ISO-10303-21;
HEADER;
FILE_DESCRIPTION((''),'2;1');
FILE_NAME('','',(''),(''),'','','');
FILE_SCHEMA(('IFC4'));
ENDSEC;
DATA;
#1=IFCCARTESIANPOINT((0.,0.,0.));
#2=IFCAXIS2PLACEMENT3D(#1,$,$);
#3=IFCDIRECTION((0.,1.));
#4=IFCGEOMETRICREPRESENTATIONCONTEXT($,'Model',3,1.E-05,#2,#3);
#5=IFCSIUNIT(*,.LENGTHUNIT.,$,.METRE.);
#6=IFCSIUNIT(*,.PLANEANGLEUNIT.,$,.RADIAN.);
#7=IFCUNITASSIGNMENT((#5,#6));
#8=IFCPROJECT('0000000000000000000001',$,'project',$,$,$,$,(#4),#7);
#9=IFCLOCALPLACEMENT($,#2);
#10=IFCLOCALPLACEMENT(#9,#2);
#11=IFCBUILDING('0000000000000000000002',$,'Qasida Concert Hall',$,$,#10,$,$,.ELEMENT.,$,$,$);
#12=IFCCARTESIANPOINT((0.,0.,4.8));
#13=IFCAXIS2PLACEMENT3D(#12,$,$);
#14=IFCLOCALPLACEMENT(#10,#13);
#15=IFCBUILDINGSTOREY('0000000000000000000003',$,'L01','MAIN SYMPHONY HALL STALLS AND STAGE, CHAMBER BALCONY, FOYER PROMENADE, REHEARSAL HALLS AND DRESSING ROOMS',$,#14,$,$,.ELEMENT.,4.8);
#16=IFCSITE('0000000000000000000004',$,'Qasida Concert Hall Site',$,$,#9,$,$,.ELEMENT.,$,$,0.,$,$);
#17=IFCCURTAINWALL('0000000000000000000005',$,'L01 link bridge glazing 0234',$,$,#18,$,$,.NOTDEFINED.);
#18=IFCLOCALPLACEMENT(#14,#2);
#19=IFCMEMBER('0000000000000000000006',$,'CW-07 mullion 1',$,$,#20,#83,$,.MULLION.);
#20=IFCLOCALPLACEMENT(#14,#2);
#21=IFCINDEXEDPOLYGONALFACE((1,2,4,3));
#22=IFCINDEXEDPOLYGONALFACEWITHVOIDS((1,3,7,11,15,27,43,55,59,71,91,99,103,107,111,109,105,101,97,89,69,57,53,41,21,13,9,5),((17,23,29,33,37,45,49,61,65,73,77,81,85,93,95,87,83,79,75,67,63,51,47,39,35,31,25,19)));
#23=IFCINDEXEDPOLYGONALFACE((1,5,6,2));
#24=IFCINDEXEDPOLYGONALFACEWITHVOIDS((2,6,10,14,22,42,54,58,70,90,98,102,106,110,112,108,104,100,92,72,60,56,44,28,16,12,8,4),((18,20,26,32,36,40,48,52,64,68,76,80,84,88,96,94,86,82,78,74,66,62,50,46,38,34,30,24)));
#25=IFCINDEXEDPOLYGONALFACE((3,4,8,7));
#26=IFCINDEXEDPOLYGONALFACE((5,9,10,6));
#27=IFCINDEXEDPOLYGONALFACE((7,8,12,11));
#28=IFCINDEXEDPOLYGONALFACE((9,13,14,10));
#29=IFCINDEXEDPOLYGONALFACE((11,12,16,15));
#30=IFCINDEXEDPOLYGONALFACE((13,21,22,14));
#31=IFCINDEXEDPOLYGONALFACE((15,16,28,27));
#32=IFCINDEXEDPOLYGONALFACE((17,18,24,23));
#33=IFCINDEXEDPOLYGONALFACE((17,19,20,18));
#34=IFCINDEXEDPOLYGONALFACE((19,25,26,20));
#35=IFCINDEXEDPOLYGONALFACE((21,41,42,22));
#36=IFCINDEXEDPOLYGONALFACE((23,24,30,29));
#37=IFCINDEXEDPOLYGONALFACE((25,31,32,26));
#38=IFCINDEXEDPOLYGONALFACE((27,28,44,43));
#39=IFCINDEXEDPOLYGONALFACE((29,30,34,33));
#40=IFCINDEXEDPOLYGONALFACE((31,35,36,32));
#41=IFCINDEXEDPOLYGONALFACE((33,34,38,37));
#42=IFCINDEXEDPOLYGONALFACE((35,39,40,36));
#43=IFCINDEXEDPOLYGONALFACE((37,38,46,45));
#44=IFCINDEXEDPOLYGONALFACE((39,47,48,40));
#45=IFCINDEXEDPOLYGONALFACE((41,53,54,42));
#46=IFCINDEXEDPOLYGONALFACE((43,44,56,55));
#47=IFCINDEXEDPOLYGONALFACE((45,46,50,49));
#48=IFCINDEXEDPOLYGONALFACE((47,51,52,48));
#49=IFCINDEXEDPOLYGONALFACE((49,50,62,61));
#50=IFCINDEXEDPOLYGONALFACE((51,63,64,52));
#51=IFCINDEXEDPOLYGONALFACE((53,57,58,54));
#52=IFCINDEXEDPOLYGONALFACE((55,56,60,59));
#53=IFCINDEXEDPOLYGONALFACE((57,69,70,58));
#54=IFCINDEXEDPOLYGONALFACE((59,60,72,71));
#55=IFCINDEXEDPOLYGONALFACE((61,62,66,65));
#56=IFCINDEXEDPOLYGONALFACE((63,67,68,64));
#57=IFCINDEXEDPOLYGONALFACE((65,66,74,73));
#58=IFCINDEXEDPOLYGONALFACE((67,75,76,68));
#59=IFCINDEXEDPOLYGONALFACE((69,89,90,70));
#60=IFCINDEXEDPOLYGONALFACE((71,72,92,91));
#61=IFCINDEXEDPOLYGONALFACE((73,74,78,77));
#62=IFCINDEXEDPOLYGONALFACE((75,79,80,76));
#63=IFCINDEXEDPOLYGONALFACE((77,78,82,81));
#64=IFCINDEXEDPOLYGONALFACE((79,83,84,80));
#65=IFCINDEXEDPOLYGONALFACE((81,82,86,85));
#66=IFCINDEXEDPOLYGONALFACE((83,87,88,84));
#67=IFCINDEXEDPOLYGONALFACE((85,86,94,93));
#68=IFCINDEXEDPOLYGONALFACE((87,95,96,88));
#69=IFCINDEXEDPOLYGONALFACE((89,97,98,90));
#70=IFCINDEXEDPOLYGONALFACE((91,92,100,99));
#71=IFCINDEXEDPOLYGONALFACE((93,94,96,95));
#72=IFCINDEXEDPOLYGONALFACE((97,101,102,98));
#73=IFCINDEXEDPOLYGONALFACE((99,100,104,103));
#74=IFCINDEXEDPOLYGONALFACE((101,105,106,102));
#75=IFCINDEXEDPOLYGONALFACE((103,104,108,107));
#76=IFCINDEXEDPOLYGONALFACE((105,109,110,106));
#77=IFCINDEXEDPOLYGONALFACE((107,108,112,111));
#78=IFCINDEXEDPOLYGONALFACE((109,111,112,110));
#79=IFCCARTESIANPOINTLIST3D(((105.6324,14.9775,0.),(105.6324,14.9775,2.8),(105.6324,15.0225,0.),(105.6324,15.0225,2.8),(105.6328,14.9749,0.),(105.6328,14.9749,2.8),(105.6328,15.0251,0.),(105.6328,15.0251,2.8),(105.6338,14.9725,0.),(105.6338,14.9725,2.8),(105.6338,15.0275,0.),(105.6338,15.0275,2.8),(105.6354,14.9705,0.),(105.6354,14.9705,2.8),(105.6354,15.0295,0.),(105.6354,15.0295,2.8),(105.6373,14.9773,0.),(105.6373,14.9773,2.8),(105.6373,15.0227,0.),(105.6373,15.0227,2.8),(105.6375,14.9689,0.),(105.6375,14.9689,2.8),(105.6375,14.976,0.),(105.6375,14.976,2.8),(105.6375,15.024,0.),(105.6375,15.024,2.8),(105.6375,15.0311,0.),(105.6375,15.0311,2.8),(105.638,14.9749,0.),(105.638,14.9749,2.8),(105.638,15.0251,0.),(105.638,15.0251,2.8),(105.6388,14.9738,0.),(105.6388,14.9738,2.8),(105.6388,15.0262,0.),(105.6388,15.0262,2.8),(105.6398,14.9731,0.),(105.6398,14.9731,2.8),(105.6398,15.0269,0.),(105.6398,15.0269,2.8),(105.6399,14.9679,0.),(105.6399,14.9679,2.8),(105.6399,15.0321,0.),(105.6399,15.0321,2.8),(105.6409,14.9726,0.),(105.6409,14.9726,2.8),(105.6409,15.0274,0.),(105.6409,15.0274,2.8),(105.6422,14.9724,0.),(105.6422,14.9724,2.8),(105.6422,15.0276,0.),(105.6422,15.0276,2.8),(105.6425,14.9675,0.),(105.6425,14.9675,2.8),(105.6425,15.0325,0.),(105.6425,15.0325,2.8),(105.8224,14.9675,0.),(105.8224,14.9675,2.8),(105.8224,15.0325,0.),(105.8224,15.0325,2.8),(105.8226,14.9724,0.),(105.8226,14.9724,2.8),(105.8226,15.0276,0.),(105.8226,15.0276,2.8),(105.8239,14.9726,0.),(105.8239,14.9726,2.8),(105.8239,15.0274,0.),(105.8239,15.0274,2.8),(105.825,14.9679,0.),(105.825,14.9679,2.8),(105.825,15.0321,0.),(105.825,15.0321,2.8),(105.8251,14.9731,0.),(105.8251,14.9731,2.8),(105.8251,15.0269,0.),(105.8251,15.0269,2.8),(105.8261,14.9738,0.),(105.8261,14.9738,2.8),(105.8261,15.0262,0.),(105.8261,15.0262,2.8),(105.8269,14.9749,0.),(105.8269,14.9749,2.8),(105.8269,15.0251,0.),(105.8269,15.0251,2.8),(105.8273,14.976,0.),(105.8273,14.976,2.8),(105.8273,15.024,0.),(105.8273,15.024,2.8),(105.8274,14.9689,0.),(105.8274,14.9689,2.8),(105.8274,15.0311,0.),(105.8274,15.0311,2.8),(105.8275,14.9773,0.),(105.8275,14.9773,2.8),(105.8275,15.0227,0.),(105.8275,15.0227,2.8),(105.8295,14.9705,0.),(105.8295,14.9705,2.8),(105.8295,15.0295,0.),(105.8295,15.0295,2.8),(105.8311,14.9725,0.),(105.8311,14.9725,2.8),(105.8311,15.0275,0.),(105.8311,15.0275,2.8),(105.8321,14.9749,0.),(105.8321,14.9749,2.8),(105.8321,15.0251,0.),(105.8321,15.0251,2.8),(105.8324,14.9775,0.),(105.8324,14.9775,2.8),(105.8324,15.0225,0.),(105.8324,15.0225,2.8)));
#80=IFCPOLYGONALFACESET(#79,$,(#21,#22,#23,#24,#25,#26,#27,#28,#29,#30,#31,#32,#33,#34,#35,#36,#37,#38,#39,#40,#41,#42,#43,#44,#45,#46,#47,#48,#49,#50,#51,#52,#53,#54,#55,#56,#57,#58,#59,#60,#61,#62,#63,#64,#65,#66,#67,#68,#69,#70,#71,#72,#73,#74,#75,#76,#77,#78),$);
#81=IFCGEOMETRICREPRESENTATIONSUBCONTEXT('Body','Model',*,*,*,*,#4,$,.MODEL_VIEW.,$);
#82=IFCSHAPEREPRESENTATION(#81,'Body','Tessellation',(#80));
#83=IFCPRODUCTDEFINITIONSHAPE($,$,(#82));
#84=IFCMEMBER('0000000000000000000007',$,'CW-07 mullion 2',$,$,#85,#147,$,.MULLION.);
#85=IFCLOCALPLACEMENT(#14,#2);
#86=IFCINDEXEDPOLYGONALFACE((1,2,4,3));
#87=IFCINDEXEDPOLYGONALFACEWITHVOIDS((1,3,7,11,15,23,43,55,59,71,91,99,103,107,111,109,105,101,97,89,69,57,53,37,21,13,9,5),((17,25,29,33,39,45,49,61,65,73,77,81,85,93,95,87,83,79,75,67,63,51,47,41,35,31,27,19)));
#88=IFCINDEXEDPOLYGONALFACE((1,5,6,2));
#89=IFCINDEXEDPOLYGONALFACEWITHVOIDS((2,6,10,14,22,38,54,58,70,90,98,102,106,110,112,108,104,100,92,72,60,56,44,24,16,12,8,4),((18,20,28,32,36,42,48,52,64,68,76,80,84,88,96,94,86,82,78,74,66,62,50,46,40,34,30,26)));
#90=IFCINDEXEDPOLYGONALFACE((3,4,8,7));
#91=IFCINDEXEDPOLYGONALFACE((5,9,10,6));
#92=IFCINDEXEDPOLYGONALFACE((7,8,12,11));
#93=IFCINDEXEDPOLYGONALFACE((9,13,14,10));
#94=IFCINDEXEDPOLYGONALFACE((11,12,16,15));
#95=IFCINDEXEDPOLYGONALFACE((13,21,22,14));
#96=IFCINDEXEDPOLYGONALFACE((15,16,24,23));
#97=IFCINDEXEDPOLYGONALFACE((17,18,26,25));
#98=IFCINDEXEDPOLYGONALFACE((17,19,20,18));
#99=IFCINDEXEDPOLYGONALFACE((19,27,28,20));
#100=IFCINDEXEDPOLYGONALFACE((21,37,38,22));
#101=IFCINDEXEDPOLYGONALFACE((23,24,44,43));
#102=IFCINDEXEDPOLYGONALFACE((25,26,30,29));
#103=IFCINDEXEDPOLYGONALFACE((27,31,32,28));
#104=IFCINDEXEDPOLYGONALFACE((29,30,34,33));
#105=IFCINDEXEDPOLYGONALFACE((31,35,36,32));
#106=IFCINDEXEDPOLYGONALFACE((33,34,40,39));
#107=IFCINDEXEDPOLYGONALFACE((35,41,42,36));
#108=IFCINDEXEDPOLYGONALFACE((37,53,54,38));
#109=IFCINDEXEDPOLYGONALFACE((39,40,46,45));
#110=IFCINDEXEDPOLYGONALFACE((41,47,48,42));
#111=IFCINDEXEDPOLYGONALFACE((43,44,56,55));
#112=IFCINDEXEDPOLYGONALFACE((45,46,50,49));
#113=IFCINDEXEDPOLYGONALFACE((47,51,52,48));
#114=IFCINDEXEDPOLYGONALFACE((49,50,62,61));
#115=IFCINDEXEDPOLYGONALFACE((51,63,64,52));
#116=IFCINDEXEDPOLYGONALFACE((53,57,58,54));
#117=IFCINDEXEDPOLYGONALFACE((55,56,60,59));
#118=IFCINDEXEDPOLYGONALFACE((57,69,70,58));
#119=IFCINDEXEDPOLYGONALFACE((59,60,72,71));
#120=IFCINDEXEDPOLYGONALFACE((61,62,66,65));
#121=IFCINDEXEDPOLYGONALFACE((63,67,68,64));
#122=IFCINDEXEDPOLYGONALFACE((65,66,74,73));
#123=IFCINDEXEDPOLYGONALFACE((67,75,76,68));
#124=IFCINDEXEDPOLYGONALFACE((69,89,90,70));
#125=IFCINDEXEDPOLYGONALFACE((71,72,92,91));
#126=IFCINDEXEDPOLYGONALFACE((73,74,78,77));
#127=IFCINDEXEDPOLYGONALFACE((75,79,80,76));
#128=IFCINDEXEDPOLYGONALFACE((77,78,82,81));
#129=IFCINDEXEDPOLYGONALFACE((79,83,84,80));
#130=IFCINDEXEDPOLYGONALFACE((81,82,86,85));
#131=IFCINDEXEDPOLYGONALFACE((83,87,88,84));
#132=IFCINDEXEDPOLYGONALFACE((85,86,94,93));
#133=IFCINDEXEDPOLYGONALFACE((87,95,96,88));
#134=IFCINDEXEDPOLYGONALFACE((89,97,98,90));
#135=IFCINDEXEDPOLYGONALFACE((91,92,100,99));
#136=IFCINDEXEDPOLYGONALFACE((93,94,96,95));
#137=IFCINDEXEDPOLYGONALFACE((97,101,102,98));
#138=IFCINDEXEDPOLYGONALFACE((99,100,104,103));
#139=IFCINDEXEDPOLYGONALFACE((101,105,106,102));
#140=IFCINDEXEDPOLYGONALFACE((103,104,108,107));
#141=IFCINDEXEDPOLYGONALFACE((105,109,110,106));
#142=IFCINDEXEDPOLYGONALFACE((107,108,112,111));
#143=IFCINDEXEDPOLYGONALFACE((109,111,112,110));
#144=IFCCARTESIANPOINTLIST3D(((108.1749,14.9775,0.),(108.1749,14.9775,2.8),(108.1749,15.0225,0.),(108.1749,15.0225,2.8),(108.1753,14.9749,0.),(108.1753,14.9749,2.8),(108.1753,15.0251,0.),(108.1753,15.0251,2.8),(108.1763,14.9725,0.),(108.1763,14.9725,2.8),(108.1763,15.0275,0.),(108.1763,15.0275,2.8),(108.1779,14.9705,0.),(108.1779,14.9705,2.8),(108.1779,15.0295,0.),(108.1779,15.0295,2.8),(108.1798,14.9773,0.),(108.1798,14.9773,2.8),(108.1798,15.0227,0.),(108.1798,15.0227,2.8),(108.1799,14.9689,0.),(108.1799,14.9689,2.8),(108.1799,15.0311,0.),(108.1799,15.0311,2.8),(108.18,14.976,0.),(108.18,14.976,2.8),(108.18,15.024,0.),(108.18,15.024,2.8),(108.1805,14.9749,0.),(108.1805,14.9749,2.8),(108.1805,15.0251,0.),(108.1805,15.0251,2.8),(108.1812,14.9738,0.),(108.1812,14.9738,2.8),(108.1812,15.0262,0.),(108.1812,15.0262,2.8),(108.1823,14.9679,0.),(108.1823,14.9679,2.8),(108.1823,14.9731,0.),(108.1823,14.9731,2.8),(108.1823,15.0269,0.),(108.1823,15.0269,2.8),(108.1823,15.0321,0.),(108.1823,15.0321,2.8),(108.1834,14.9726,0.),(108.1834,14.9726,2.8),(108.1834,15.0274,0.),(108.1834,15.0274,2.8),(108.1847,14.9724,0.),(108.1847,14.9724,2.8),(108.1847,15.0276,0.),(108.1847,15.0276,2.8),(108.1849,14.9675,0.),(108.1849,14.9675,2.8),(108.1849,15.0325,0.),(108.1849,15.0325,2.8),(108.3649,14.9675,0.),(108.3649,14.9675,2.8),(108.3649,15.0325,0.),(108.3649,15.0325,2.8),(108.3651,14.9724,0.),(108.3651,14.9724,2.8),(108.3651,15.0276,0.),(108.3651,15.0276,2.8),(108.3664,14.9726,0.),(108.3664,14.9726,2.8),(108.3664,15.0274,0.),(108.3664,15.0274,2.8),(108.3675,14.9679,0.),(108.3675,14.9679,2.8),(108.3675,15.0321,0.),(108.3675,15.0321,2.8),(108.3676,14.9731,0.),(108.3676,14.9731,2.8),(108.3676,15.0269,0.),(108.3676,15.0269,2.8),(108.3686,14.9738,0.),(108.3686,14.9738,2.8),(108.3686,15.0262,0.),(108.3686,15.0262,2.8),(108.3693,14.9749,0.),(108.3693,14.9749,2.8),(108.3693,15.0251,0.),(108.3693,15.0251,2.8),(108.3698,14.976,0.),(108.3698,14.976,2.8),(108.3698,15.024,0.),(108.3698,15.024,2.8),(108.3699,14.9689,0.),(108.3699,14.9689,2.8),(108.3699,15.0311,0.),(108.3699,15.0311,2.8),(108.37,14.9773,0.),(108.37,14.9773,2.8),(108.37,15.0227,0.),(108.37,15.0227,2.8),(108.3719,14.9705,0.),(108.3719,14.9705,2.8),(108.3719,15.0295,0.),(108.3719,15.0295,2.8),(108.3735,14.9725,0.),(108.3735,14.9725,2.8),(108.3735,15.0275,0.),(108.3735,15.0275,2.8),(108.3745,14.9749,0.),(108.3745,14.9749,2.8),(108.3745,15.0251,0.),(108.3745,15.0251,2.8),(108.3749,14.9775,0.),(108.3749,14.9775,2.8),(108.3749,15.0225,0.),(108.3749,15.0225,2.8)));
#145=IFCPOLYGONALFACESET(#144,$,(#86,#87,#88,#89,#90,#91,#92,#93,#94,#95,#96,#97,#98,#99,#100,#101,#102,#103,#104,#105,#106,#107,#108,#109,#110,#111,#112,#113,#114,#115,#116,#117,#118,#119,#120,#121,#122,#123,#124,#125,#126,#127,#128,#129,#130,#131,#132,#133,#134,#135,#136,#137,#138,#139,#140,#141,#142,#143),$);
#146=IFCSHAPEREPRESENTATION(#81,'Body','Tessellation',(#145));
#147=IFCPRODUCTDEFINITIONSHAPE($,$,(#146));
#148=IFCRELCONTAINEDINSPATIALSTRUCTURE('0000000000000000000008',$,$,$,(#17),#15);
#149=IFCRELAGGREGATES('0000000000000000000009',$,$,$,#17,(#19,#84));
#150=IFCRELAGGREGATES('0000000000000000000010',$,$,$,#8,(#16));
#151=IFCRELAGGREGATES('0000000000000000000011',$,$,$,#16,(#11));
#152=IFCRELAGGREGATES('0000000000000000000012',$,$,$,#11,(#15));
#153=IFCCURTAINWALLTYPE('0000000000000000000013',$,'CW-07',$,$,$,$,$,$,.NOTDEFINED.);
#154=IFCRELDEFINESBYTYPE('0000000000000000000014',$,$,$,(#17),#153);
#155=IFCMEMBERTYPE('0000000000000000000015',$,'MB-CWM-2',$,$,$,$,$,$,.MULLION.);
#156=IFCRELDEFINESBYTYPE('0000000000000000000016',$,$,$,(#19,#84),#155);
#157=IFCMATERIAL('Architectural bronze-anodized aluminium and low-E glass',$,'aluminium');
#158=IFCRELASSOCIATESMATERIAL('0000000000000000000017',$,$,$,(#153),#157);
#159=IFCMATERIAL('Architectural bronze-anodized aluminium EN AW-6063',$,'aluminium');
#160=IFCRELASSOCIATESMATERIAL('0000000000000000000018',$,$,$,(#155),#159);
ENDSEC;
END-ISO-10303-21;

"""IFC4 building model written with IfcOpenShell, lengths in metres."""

from ifc_helpers import new_model, si_unit, direction, frame, origin, origin_2d, place, context, subcontext, project, spatial, hollow_rectangle, extrude, material, material_profile, profile_set, type_object, element, aggregate, save


model = new_model("IFC4")

# Units and contexts
model_context = context("Model", 3, precision=1e-05, world=origin(), true_north=direction((0.0, 1.0)))
body_context = subcontext(model_context, "Body", "Model", "MODEL_VIEW")
ifc_project = project(units=[si_unit("LENGTHUNIT", "METRE"), si_unit("PLANEANGLEUNIT", "RADIAN")], contexts=[model_context])

# Site, building, storey
site_placement = place(None, origin())
site = spatial("IfcSite", under=ifc_project, at=site_placement, Name="Qasida Concert Hall Site", CompositionType="ELEMENT", RefElevation=0.0)
building_placement = place(site_placement, origin())
building = spatial("IfcBuilding", under=site, at=building_placement, Name="Qasida Concert Hall", CompositionType="ELEMENT")
storey_placement = place(building_placement, frame((0.0, 0.0, 4.8)))
storey = spatial("IfcBuildingStorey", under=building, at=storey_placement, Name="L01", Description="MAIN SYMPHONY HALL STALLS AND STAGE, CHAMBER BALCONY, FOYER PROMENADE, REHEARSAL HALLS AND DRESSING ROOMS", CompositionType="ELEMENT", Elevation=4.8)

# Curtain wall, members
ifc_material_1 = material(Name="Architectural bronze-anodized aluminium and low-E glass", Category="aluminium")
curtain_wall_type = type_object("IfcCurtainWallType", Name="CW-07", PredefinedType="NOTDEFINED", material=ifc_material_1)
curtain_wall_1_placement = place(storey_placement, origin())
curtain_wall_1 = element("IfcCurtainWall", 1, at=curtain_wall_1_placement, inside=storey, type_object=curtain_wall_type, Name="L01 link bridge glazing 0234", PredefinedType="NOTDEFINED")
ifc_material_2 = material(Name="Architectural bronze-anodized aluminium EN AW-6063", Category="aluminium")
ifc_material_profile_1 = material_profile(ifc_material_2, hollow_rectangle(XDim=0.0649, YDim=0.2, WallThickness=0.0049, InnerFilletRadius=0.0049, OuterFilletRadius=0.01, at=origin_2d()), Name="CWM 200x65x5")
ifc_profile_set_1 = profile_set([ifc_material_profile_1], Name="Architectural bronze-anodized aluminium EN AW-6063")
member_type_1 = type_object("IfcMemberType", Name="MB-CWM-2", PredefinedType="MULLION", material=ifc_profile_set_1)
member_1_placement = place(storey_placement, frame((105.7324, 15.0, 0.0), z_axis=(0.0, 0.0, 1.0), x_axis=(0.0, 1.0, 0.0)))
member_1 = element("IfcMember", 2, at=member_1_placement, type_object=member_type_1, Name="CW-07 mullion 1", PredefinedType="MULLION", context=body_context, shape_type="SweptSolid", body=[
    extrude(hollow_rectangle(XDim=0.0649, YDim=0.2, WallThickness=0.0049, InnerFilletRadius=0.0049, OuterFilletRadius=0.01, at=origin_2d()), origin(), (0.0, 0.0, 1.0), 2.8),
])
member_2_placement = place(storey_placement, frame((108.2749, 15.0, 0.0), z_axis=(0.0, 0.0, 1.0), x_axis=(0.0, 1.0, 0.0)))
member_2 = element("IfcMember", 3, at=member_2_placement, type_object=member_type_1, Name="CW-07 mullion 2", PredefinedType="MULLION", context=body_context, shape_type="SweptSolid", body=[
    extrude(hollow_rectangle(XDim=0.0649, YDim=0.2, WallThickness=0.0049, InnerFilletRadius=0.0049, OuterFilletRadius=0.01, at=origin_2d()), origin(), (0.0, 0.0, 1.0), 2.8),
])

aggregate(curtain_wall_1, [member_1, member_2])

save(model, "model.ifc")
